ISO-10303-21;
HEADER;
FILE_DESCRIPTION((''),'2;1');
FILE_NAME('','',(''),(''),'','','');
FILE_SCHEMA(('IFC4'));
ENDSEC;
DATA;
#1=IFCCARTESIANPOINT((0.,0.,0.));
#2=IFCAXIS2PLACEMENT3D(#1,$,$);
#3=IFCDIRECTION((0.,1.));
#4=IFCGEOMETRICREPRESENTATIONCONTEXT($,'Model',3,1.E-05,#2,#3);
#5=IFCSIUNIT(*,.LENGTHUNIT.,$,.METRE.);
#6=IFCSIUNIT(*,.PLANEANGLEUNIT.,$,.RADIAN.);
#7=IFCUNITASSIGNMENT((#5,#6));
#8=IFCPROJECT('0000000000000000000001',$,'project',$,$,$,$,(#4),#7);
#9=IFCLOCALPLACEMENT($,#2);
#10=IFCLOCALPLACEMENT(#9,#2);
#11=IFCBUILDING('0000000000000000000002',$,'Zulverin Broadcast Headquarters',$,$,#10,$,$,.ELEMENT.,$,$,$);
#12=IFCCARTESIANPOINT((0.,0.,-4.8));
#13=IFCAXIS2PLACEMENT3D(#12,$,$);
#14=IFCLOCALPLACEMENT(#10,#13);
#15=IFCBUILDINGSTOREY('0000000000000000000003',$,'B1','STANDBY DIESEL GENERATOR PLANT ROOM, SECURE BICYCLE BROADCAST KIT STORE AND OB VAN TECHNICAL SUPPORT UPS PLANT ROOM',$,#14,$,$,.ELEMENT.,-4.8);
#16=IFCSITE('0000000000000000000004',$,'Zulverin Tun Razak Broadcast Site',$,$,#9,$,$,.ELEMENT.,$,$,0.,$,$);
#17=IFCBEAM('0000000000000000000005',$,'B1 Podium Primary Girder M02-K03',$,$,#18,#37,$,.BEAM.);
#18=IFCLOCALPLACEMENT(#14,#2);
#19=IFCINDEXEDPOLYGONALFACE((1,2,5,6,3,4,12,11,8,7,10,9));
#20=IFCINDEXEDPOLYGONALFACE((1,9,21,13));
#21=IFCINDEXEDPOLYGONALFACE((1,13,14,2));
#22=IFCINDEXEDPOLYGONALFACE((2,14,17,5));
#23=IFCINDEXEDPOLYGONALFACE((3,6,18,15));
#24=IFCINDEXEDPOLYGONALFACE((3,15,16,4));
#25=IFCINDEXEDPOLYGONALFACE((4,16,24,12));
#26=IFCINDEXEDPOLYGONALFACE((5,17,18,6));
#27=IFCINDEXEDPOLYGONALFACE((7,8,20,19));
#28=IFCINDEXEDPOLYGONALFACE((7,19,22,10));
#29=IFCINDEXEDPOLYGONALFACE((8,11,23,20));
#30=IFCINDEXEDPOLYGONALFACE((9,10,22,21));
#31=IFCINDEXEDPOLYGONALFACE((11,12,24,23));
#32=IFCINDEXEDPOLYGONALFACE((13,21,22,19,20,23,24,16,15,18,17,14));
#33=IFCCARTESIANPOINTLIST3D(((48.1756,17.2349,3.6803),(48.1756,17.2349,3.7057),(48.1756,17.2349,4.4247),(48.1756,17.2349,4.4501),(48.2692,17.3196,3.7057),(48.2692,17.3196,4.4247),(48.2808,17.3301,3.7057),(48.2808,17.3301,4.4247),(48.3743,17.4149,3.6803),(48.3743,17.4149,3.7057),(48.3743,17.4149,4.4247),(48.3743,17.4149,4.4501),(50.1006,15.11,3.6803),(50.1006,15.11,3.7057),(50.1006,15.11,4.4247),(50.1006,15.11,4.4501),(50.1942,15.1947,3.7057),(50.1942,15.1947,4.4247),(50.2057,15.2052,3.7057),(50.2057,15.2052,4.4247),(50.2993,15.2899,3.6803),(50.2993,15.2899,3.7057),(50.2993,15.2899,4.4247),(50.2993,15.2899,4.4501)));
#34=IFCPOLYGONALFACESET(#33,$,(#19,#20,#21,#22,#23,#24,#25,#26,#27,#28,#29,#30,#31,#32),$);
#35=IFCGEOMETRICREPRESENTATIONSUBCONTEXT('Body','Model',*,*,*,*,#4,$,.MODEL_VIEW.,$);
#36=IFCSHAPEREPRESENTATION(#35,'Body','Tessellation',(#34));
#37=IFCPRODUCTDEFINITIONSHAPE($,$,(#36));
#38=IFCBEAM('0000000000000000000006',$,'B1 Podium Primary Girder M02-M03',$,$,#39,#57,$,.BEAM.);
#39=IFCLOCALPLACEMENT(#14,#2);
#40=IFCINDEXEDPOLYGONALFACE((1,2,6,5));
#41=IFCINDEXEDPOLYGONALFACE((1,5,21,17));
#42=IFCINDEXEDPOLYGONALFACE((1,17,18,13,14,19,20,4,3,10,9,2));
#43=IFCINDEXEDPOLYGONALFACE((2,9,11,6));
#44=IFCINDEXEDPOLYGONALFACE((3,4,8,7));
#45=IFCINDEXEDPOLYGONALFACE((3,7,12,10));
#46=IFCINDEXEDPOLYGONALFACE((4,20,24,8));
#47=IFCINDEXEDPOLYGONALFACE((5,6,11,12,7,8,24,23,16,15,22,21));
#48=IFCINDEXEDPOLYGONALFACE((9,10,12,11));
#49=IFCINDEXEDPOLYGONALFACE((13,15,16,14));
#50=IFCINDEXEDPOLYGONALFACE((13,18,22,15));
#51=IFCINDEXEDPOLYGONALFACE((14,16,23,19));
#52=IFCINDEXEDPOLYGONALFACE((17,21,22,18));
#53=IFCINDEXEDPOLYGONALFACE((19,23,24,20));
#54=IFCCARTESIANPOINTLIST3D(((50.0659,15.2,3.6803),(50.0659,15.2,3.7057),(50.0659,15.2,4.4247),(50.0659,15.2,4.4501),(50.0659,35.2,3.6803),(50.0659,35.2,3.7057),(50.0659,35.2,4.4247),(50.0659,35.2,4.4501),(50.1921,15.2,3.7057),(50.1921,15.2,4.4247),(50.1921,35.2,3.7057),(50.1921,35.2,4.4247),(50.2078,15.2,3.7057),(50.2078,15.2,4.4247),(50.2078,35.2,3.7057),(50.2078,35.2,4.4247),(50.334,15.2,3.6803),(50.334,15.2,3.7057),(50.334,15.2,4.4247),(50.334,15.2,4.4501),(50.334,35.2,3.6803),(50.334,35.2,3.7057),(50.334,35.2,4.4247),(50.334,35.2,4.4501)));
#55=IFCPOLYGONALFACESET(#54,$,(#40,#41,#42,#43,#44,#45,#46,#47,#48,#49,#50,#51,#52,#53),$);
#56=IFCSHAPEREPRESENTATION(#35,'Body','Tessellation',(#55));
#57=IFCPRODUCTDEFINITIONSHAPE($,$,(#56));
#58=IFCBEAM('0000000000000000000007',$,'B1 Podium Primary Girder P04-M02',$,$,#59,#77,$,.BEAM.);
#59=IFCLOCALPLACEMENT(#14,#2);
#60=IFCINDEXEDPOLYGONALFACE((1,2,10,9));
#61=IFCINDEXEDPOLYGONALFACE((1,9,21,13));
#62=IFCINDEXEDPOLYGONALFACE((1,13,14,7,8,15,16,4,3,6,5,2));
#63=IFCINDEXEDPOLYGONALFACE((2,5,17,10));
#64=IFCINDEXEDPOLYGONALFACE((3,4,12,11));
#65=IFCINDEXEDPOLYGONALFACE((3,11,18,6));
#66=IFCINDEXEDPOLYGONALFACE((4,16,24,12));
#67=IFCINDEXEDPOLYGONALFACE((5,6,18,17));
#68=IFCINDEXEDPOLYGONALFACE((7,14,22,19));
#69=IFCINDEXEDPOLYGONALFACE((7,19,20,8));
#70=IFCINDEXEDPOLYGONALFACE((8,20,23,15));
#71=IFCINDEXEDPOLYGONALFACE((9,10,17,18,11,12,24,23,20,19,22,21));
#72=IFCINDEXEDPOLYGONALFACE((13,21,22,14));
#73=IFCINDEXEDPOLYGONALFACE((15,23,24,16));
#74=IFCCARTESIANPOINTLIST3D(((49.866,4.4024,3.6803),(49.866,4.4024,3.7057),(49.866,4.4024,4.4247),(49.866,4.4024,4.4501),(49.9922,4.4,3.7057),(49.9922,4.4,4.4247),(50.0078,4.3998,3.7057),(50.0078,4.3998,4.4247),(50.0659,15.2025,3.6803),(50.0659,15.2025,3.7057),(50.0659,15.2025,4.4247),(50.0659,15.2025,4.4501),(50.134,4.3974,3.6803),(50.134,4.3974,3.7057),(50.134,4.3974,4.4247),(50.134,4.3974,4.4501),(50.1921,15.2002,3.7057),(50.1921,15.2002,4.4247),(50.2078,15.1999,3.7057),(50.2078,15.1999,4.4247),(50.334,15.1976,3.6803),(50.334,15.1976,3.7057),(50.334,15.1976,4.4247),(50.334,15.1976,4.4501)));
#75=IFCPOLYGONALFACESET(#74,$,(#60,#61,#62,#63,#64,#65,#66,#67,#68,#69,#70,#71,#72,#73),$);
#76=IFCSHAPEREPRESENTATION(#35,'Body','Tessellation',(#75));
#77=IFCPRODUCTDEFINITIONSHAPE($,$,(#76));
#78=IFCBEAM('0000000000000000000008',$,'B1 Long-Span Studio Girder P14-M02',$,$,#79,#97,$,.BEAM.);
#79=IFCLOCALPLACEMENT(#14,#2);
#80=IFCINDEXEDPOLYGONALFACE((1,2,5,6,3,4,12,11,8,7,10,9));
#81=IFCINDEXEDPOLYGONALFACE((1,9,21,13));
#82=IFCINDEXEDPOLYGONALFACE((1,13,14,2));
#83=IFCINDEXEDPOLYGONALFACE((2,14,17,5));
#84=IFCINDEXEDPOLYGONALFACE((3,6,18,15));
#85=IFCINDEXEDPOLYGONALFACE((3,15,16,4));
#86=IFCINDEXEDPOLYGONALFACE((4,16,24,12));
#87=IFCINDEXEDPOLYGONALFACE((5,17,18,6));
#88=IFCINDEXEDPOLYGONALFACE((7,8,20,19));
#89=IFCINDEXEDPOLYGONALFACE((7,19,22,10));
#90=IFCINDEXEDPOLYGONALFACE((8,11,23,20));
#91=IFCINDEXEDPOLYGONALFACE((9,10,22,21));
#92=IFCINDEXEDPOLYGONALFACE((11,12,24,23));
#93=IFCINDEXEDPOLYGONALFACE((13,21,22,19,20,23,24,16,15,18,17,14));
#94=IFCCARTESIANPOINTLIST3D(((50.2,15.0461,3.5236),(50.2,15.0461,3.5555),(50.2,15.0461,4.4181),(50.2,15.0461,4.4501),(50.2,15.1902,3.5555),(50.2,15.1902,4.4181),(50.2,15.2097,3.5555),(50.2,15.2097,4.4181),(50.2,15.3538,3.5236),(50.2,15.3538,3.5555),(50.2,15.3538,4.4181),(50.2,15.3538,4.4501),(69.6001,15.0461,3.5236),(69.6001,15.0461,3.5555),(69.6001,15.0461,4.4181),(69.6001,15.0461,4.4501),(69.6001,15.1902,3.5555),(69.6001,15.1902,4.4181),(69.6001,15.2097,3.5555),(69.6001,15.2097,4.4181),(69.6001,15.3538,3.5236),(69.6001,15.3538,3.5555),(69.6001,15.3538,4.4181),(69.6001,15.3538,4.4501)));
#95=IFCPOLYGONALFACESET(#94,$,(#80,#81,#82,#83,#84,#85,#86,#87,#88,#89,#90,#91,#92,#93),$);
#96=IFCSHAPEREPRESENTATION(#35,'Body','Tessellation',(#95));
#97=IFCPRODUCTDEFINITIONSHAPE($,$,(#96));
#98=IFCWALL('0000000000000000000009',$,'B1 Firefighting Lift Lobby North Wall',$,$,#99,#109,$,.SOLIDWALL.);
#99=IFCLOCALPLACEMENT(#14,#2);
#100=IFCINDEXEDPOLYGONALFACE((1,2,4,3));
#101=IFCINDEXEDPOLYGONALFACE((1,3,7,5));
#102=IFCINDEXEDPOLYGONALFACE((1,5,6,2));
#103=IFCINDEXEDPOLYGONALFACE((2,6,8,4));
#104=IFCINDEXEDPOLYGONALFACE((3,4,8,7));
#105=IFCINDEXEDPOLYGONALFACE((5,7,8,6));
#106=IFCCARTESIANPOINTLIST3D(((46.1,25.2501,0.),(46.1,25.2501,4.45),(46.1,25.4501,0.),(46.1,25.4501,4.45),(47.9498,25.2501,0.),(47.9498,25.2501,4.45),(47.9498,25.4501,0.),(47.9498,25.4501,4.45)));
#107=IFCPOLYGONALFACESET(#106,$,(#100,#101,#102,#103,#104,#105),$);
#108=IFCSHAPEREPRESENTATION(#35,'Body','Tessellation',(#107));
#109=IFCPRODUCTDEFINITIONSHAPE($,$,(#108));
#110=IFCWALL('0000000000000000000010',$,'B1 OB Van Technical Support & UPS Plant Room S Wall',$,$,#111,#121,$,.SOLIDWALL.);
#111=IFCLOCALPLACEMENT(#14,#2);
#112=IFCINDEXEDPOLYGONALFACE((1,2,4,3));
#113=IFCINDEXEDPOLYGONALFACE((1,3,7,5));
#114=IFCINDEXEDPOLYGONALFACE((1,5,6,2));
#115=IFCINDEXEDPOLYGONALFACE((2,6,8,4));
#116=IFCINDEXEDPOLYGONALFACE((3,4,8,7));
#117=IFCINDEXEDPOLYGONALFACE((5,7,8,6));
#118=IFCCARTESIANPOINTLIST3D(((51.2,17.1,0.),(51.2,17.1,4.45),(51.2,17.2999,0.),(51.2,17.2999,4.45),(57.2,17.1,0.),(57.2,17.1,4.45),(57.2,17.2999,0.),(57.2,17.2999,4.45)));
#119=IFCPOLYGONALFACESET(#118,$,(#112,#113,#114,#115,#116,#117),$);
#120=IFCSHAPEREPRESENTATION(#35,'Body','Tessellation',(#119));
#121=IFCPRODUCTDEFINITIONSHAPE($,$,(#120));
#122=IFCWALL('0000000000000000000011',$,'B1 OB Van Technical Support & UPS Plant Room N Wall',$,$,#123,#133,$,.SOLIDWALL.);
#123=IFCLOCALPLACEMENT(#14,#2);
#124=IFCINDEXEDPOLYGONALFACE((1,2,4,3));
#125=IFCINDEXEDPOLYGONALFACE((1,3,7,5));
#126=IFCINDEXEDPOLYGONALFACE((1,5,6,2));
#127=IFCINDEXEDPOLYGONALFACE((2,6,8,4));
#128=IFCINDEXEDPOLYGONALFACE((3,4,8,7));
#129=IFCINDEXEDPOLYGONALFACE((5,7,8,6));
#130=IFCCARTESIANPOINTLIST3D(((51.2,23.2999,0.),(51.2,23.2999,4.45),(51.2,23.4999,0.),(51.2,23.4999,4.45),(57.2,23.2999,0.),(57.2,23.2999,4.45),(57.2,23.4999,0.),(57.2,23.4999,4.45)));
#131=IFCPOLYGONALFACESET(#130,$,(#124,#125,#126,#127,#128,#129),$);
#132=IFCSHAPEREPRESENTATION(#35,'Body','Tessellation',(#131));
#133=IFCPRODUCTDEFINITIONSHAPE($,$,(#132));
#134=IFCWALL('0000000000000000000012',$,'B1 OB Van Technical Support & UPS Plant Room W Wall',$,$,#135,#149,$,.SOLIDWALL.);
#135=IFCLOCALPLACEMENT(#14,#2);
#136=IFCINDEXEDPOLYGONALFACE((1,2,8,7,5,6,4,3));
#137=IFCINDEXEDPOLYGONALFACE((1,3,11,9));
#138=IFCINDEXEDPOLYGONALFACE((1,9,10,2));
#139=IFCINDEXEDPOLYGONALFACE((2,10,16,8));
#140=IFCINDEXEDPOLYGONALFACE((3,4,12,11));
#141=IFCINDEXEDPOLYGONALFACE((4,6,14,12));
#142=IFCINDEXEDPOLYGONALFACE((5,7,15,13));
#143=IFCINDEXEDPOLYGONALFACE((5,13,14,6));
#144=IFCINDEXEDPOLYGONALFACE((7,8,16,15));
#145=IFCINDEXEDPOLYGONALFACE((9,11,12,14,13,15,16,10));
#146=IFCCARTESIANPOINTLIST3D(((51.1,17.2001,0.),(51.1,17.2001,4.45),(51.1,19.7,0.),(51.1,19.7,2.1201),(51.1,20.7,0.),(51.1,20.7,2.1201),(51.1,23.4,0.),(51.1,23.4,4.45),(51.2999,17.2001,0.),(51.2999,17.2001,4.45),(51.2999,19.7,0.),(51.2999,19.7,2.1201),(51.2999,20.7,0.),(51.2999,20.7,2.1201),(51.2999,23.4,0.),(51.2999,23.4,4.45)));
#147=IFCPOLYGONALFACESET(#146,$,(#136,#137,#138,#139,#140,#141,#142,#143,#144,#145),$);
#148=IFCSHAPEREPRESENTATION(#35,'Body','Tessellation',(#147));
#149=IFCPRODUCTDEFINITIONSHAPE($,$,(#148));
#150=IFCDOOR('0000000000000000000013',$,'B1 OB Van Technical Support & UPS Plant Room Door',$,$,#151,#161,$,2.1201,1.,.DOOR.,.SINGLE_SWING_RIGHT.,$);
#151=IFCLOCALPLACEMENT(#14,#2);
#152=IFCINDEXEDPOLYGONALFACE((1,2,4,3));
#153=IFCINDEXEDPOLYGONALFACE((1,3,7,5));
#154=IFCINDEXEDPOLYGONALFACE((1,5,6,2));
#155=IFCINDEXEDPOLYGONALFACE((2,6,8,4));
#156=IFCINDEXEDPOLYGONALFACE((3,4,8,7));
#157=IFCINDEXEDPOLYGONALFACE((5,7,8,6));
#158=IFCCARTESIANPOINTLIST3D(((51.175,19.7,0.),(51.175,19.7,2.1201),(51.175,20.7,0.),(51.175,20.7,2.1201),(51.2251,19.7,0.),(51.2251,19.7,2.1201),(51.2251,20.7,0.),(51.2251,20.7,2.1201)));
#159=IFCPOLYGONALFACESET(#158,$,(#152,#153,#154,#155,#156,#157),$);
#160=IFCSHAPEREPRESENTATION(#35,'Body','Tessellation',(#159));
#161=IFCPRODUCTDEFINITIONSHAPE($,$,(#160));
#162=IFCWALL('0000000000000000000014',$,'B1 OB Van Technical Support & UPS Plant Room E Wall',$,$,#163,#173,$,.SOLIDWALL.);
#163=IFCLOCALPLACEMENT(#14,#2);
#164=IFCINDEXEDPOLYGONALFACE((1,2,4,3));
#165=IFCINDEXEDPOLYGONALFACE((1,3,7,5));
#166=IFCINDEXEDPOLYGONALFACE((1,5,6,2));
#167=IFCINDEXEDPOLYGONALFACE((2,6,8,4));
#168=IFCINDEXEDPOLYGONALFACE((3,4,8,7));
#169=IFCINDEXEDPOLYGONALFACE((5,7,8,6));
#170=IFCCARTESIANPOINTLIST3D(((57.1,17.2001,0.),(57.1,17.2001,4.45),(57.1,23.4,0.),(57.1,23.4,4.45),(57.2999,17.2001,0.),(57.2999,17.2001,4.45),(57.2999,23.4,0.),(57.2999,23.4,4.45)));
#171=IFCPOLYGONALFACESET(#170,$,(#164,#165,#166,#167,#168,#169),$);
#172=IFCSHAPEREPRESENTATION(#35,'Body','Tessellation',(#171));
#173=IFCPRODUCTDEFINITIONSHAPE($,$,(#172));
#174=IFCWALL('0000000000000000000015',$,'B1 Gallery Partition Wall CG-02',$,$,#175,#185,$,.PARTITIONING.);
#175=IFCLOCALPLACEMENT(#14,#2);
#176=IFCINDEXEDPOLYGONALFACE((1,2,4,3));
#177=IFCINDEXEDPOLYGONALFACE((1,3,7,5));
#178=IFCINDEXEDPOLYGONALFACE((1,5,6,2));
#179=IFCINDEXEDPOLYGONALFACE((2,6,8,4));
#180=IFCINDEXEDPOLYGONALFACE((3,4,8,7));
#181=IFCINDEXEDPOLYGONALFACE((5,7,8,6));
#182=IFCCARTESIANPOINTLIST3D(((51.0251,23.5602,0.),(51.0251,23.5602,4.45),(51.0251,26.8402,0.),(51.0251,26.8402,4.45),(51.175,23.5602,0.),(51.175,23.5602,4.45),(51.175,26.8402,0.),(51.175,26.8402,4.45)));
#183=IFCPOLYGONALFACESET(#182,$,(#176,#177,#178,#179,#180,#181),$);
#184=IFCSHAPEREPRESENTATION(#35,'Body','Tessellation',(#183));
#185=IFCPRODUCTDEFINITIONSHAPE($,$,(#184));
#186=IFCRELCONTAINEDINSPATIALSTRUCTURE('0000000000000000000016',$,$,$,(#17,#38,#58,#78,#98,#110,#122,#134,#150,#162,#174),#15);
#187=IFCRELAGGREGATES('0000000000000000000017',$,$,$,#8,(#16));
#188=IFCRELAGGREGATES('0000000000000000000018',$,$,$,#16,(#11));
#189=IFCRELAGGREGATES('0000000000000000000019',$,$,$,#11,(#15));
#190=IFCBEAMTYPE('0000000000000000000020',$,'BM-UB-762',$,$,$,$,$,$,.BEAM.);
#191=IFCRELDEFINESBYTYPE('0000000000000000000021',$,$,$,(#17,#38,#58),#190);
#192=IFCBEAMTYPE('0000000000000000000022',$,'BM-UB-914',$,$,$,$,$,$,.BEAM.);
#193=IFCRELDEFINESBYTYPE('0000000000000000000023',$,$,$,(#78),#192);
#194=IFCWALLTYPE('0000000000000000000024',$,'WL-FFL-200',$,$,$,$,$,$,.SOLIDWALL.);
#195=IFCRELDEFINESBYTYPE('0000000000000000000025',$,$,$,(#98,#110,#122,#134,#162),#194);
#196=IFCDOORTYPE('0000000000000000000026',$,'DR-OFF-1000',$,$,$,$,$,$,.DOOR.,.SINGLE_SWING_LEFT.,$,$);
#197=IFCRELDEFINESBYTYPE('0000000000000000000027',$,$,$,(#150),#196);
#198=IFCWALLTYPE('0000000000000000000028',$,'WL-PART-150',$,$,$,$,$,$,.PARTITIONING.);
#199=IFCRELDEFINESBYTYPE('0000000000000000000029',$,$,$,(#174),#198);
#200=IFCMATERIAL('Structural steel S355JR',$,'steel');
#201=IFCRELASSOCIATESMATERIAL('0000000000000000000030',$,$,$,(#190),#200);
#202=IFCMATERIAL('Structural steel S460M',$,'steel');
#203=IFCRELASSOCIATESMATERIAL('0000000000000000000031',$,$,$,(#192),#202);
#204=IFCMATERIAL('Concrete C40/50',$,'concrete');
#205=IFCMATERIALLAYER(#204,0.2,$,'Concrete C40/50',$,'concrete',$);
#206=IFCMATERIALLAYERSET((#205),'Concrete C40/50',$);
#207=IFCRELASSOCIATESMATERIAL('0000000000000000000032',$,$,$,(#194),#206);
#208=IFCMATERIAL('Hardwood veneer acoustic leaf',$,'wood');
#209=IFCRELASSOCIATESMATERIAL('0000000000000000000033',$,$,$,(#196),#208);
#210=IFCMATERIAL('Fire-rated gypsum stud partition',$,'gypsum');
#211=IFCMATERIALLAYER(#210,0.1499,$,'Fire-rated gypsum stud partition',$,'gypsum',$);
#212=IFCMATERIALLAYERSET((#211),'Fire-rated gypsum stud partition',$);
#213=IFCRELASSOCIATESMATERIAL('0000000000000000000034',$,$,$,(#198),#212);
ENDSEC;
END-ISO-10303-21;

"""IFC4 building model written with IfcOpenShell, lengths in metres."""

from ifc_helpers import new_model, si_unit, direction, frame, frame_2d, origin, origin_2d, place, context, subcontext, project, spatial, rectangle, i_section, extrude, material, layer, layer_set, material_profile, profile_set, type_object, element, fill, save


model = new_model("IFC4")

# Units and contexts
model_context = context("Model", 3, precision=1e-05, world=origin(), true_north=direction((0.0, 1.0)))
body_context = subcontext(model_context, "Body", "Model", "MODEL_VIEW")
ifc_project = project(units=[si_unit("LENGTHUNIT", "METRE"), si_unit("PLANEANGLEUNIT", "RADIAN")], contexts=[model_context])

# Site, building, storey
site_placement = place(None, origin())
site = spatial("IfcSite", under=ifc_project, at=site_placement, Name="Zulverin Tun Razak Broadcast Site", CompositionType="ELEMENT", RefElevation=0.0)
building_placement = place(site_placement, origin())
building = spatial("IfcBuilding", under=site, at=building_placement, Name="Zulverin Broadcast Headquarters", CompositionType="ELEMENT")
storey_placement = place(building_placement, frame((0.0, 0.0, -4.8)))
storey = spatial("IfcBuildingStorey", under=building, at=storey_placement, Name="B1", Description="STANDBY DIESEL GENERATOR PLANT ROOM, SECURE BICYCLE BROADCAST KIT STORE AND OB VAN TECHNICAL SUPPORT UPS PLANT ROOM", CompositionType="ELEMENT", Elevation=-4.8)

# Shared definitions
ifc_material_1 = material(Name="Structural steel S460M", Category="steel")

# Beams
ifc_material_2 = material(Name="Structural steel S355JR", Category="steel")
ifc_material_profile_1 = material_profile(ifc_material_2, i_section(OverallWidth=0.2681, OverallDepth=0.7698, WebThickness=0.0156, FlangeThickness=0.0254, at=origin_2d()), Name="Structural steel S355JR", Category="steel")
ifc_profile_set_1 = profile_set([ifc_material_profile_1], Name="Structural steel S355JR")
beam_type_1 = type_object("IfcBeamType", Name="BM-UB-762", PredefinedType="BEAM", material=ifc_profile_set_1)
beam_1_placement = place(storey_placement, frame((50.2, 15.2, 4.0652), z_axis=(-0.671379, 0.741114, 0.0), x_axis=(-0.741114, -0.671379, 0.0)))
element("IfcBeam", 1, at=beam_1_placement, inside=storey, type_object=beam_type_1, Name="B1 Podium Primary Girder M02-K03", PredefinedType="BEAM", context=body_context, shape_type="SweptSolid", body=[
    extrude(i_section(OverallWidth=0.2681, OverallDepth=0.7698, WebThickness=0.0156, FlangeThickness=0.0254, at=origin_2d()), origin(), (0.0, 0.0, 1.0), 2.8672),
])
beam_2_placement = place(storey_placement, frame((50.2, 15.2, 4.0652), z_axis=(0.0, 1.0, 0.0), x_axis=(-1.0, 0.0, 0.0)))
element("IfcBeam", 2, at=beam_2_placement, inside=storey, type_object=beam_type_1, Name="B1 Podium Primary Girder M02-M03", PredefinedType="BEAM", context=body_context, shape_type="SweptSolid", body=[
    extrude(i_section(OverallWidth=0.2681, OverallDepth=0.7698, WebThickness=0.0156, FlangeThickness=0.0254, at=origin_2d()), origin(), (0.0, 0.0, 1.0), 20.0),
])
beam_3_placement = place(storey_placement, frame((50.0, 4.3999, 4.0652), z_axis=(0.018511, 0.999829, 0.0), x_axis=(-0.999829, 0.018511, 0.0)))
element("IfcBeam", 3, at=beam_3_placement, inside=storey, type_object=beam_type_1, Name="B1 Podium Primary Girder P04-M02", PredefinedType="BEAM", context=body_context, shape_type="SweptSolid", body=[
    extrude(i_section(OverallWidth=0.2681, OverallDepth=0.7698, WebThickness=0.0156, FlangeThickness=0.0254, at=origin_2d()), origin(), (0.0, 0.0, 1.0), 10.802),
])
ifc_material_profile_2 = material_profile(ifc_material_1, i_section(OverallWidth=0.3076, OverallDepth=0.9265, WebThickness=0.0195, FlangeThickness=0.032, at=origin_2d()), Name="Structural steel S460M", Category="steel")
ifc_profile_set_2 = profile_set([ifc_material_profile_2], Name="Structural steel S460M")
beam_type_2 = type_object("IfcBeamType", Name="BM-UB-914", PredefinedType="BEAM", material=ifc_profile_set_2)
beam_4_placement = place(storey_placement, frame((69.6001, 15.2, 3.9868), z_axis=(-1.0, 0.0, 0.0), x_axis=(0.0, -1.0, 0.0)))
element("IfcBeam", 4, at=beam_4_placement, inside=storey, type_object=beam_type_2, Name="B1 Long-Span Studio Girder P14-M02", PredefinedType="BEAM", context=body_context, shape_type="SweptSolid", body=[
    extrude(i_section(OverallWidth=0.3076, OverallDepth=0.9265, WebThickness=0.0195, FlangeThickness=0.032, at=origin_2d()), origin(), (0.0, 0.0, 1.0), 19.4001),
])

# Walls
ifc_material_3 = material(Name="Concrete C40/50", Category="concrete")
ifc_layer_1 = layer(ifc_material_3, 0.2, Name="Concrete C40/50", Category="concrete")
ifc_layer_set_1 = layer_set([ifc_layer_1], Name="Concrete C40/50")
wall_type_1 = type_object("IfcWallType", Name="WL-FFL-200", PredefinedType="SOLIDWALL", material=ifc_layer_set_1)
wall_1_placement = place(storey_placement, frame((46.1001, 25.3501, 0.0), z_axis=(0.0, 0.0, 1.0), x_axis=(1.0, 0.0, 0.0)))
element("IfcWall", 5, at=wall_1_placement, inside=storey, type_object=wall_type_1, Name="B1 Firefighting Lift Lobby North Wall", PredefinedType="SOLIDWALL", context=body_context, shape_type="SweptSolid", body=[
    extrude(rectangle(XDim=1.8499, YDim=0.2, at=frame_2d((0.9248, 0.0))), origin(), (0.0, 0.0, 1.0), 4.45),
])
for number, where, z_axis, x_axis, name in (
    (6, (51.2, 17.2, 0.0), (0.0, 0.0, 1.0), (1.0, 0.0, 0.0), "B1 OB Van Technical Support & UPS Plant Room S Wall"),
    (7, (51.2, 23.3999, 0.0), (0.0, 0.0, 1.0), (1.0, 0.0, 0.0), "B1 OB Van Technical Support & UPS Plant Room N Wall"),
):
    element("IfcWall", number, at=place(storey_placement, frame(where, z_axis=z_axis, x_axis=x_axis)), inside=storey, type_object=wall_type_1, Name=name, PredefinedType="SOLIDWALL", context=body_context, shape_type="SweptSolid", body=[
        extrude(rectangle(XDim=6.0, YDim=0.2, at=frame_2d((3.0, 0.0))), origin(), (0.0, 0.0, 1.0), 4.45),
    ])

# Wall, opening, door
wall_2_placement = place(storey_placement, frame((51.2, 17.2, 0.0), z_axis=(0.0, 0.0, 1.0), x_axis=(0.0, 1.0, 0.0)))
wall_2 = element("IfcWall", 8, at=wall_2_placement, inside=storey, type_object=wall_type_1, Name="B1 OB Van Technical Support & UPS Plant Room W Wall", PredefinedType="SOLIDWALL", context=body_context, shape_type="SweptSolid", body=[
    extrude(rectangle(XDim=6.2, YDim=0.2, at=frame_2d((3.1001, 0.0))), origin(), (0.0, 0.0, 1.0), 4.45),
])
opening_1_placement = place(wall_2_placement, frame((2.5, 0.0, 0.0)))
opening_1 = element("IfcOpeningElement", 9, at=opening_1_placement, cuts=wall_2, PredefinedType="OPENING", context=body_context, shape_type="SweptSolid", body=[
    extrude(rectangle(XDim=1.0, YDim=2.1201, at=frame_2d((0.5, 1.0601))), frame((0.0, 0.1099, 0.0), z_axis=(0.0, -1.0, 0.0), x_axis=(1.0, 0.0, 0.0)), (0.0, 0.0, 1.0), 0.22),
])
ifc_material_4 = material(Name="Hardwood veneer acoustic leaf", Category="wood")
door_type_1 = type_object("IfcDoorType", Name="DR-OFF-1000", OperationType="SINGLE_SWING_LEFT", PredefinedType="DOOR", material=ifc_material_4)
door_1_placement = place(opening_1_placement, origin())
door_1 = element("IfcDoor", 10, at=door_1_placement, inside=storey, type_object=door_type_1, Name="B1 OB Van Technical Support & UPS Plant Room Door", OperationType="SINGLE_SWING_RIGHT", OverallHeight=2.1201, OverallWidth=1.0, PredefinedType="DOOR", context=body_context, shape_type="SweptSolid", body=[
    extrude(rectangle(XDim=1.0, YDim=2.1201, at=frame_2d((0.5, 1.0601))), frame((0.0, 0.0249, 0.0), z_axis=(0.0, -1.0, 0.0), x_axis=(1.0, 0.0, 0.0)), (0.0, 0.0, 1.0), 0.05),
])
fill(opening_1, door_1)

# Walls
wall_3_placement = place(storey_placement, frame((57.2, 17.2, 0.0), z_axis=(0.0, 0.0, 1.0), x_axis=(0.0, 1.0, 0.0)))
element("IfcWall", 11, at=wall_3_placement, inside=storey, type_object=wall_type_1, Name="B1 OB Van Technical Support & UPS Plant Room E Wall", PredefinedType="SOLIDWALL", context=body_context, shape_type="SweptSolid", body=[
    extrude(rectangle(XDim=6.2, YDim=0.2, at=frame_2d((3.1001, 0.0))), origin(), (0.0, 0.0, 1.0), 4.45),
])
ifc_material_5 = material(Name="Fire-rated gypsum stud partition", Category="gypsum")
ifc_layer_2 = layer(ifc_material_5, 0.1499, Name="Fire-rated gypsum stud partition", Category="gypsum")
ifc_layer_set_2 = layer_set([ifc_layer_2], Name="Fire-rated gypsum stud partition")
wall_type_2 = type_object("IfcWallType", Name="WL-PART-150", PredefinedType="PARTITIONING", material=ifc_layer_set_2)
wall_4_placement = place(storey_placement, frame((51.1001, 23.5601, 0.0), z_axis=(0.0, 0.0, 1.0), x_axis=(0.0, 1.0, 0.0)))
element("IfcWall", 12, at=wall_4_placement, inside=storey, type_object=wall_type_2, Name="B1 Gallery Partition Wall CG-02", PredefinedType="PARTITIONING", context=body_context, shape_type="SweptSolid", body=[
    extrude(rectangle(XDim=3.28, YDim=0.1499, at=frame_2d((1.6401, 0.0))), origin(), (0.0, 0.0, 1.0), 4.45),
])

save(model, "model.ifc")
